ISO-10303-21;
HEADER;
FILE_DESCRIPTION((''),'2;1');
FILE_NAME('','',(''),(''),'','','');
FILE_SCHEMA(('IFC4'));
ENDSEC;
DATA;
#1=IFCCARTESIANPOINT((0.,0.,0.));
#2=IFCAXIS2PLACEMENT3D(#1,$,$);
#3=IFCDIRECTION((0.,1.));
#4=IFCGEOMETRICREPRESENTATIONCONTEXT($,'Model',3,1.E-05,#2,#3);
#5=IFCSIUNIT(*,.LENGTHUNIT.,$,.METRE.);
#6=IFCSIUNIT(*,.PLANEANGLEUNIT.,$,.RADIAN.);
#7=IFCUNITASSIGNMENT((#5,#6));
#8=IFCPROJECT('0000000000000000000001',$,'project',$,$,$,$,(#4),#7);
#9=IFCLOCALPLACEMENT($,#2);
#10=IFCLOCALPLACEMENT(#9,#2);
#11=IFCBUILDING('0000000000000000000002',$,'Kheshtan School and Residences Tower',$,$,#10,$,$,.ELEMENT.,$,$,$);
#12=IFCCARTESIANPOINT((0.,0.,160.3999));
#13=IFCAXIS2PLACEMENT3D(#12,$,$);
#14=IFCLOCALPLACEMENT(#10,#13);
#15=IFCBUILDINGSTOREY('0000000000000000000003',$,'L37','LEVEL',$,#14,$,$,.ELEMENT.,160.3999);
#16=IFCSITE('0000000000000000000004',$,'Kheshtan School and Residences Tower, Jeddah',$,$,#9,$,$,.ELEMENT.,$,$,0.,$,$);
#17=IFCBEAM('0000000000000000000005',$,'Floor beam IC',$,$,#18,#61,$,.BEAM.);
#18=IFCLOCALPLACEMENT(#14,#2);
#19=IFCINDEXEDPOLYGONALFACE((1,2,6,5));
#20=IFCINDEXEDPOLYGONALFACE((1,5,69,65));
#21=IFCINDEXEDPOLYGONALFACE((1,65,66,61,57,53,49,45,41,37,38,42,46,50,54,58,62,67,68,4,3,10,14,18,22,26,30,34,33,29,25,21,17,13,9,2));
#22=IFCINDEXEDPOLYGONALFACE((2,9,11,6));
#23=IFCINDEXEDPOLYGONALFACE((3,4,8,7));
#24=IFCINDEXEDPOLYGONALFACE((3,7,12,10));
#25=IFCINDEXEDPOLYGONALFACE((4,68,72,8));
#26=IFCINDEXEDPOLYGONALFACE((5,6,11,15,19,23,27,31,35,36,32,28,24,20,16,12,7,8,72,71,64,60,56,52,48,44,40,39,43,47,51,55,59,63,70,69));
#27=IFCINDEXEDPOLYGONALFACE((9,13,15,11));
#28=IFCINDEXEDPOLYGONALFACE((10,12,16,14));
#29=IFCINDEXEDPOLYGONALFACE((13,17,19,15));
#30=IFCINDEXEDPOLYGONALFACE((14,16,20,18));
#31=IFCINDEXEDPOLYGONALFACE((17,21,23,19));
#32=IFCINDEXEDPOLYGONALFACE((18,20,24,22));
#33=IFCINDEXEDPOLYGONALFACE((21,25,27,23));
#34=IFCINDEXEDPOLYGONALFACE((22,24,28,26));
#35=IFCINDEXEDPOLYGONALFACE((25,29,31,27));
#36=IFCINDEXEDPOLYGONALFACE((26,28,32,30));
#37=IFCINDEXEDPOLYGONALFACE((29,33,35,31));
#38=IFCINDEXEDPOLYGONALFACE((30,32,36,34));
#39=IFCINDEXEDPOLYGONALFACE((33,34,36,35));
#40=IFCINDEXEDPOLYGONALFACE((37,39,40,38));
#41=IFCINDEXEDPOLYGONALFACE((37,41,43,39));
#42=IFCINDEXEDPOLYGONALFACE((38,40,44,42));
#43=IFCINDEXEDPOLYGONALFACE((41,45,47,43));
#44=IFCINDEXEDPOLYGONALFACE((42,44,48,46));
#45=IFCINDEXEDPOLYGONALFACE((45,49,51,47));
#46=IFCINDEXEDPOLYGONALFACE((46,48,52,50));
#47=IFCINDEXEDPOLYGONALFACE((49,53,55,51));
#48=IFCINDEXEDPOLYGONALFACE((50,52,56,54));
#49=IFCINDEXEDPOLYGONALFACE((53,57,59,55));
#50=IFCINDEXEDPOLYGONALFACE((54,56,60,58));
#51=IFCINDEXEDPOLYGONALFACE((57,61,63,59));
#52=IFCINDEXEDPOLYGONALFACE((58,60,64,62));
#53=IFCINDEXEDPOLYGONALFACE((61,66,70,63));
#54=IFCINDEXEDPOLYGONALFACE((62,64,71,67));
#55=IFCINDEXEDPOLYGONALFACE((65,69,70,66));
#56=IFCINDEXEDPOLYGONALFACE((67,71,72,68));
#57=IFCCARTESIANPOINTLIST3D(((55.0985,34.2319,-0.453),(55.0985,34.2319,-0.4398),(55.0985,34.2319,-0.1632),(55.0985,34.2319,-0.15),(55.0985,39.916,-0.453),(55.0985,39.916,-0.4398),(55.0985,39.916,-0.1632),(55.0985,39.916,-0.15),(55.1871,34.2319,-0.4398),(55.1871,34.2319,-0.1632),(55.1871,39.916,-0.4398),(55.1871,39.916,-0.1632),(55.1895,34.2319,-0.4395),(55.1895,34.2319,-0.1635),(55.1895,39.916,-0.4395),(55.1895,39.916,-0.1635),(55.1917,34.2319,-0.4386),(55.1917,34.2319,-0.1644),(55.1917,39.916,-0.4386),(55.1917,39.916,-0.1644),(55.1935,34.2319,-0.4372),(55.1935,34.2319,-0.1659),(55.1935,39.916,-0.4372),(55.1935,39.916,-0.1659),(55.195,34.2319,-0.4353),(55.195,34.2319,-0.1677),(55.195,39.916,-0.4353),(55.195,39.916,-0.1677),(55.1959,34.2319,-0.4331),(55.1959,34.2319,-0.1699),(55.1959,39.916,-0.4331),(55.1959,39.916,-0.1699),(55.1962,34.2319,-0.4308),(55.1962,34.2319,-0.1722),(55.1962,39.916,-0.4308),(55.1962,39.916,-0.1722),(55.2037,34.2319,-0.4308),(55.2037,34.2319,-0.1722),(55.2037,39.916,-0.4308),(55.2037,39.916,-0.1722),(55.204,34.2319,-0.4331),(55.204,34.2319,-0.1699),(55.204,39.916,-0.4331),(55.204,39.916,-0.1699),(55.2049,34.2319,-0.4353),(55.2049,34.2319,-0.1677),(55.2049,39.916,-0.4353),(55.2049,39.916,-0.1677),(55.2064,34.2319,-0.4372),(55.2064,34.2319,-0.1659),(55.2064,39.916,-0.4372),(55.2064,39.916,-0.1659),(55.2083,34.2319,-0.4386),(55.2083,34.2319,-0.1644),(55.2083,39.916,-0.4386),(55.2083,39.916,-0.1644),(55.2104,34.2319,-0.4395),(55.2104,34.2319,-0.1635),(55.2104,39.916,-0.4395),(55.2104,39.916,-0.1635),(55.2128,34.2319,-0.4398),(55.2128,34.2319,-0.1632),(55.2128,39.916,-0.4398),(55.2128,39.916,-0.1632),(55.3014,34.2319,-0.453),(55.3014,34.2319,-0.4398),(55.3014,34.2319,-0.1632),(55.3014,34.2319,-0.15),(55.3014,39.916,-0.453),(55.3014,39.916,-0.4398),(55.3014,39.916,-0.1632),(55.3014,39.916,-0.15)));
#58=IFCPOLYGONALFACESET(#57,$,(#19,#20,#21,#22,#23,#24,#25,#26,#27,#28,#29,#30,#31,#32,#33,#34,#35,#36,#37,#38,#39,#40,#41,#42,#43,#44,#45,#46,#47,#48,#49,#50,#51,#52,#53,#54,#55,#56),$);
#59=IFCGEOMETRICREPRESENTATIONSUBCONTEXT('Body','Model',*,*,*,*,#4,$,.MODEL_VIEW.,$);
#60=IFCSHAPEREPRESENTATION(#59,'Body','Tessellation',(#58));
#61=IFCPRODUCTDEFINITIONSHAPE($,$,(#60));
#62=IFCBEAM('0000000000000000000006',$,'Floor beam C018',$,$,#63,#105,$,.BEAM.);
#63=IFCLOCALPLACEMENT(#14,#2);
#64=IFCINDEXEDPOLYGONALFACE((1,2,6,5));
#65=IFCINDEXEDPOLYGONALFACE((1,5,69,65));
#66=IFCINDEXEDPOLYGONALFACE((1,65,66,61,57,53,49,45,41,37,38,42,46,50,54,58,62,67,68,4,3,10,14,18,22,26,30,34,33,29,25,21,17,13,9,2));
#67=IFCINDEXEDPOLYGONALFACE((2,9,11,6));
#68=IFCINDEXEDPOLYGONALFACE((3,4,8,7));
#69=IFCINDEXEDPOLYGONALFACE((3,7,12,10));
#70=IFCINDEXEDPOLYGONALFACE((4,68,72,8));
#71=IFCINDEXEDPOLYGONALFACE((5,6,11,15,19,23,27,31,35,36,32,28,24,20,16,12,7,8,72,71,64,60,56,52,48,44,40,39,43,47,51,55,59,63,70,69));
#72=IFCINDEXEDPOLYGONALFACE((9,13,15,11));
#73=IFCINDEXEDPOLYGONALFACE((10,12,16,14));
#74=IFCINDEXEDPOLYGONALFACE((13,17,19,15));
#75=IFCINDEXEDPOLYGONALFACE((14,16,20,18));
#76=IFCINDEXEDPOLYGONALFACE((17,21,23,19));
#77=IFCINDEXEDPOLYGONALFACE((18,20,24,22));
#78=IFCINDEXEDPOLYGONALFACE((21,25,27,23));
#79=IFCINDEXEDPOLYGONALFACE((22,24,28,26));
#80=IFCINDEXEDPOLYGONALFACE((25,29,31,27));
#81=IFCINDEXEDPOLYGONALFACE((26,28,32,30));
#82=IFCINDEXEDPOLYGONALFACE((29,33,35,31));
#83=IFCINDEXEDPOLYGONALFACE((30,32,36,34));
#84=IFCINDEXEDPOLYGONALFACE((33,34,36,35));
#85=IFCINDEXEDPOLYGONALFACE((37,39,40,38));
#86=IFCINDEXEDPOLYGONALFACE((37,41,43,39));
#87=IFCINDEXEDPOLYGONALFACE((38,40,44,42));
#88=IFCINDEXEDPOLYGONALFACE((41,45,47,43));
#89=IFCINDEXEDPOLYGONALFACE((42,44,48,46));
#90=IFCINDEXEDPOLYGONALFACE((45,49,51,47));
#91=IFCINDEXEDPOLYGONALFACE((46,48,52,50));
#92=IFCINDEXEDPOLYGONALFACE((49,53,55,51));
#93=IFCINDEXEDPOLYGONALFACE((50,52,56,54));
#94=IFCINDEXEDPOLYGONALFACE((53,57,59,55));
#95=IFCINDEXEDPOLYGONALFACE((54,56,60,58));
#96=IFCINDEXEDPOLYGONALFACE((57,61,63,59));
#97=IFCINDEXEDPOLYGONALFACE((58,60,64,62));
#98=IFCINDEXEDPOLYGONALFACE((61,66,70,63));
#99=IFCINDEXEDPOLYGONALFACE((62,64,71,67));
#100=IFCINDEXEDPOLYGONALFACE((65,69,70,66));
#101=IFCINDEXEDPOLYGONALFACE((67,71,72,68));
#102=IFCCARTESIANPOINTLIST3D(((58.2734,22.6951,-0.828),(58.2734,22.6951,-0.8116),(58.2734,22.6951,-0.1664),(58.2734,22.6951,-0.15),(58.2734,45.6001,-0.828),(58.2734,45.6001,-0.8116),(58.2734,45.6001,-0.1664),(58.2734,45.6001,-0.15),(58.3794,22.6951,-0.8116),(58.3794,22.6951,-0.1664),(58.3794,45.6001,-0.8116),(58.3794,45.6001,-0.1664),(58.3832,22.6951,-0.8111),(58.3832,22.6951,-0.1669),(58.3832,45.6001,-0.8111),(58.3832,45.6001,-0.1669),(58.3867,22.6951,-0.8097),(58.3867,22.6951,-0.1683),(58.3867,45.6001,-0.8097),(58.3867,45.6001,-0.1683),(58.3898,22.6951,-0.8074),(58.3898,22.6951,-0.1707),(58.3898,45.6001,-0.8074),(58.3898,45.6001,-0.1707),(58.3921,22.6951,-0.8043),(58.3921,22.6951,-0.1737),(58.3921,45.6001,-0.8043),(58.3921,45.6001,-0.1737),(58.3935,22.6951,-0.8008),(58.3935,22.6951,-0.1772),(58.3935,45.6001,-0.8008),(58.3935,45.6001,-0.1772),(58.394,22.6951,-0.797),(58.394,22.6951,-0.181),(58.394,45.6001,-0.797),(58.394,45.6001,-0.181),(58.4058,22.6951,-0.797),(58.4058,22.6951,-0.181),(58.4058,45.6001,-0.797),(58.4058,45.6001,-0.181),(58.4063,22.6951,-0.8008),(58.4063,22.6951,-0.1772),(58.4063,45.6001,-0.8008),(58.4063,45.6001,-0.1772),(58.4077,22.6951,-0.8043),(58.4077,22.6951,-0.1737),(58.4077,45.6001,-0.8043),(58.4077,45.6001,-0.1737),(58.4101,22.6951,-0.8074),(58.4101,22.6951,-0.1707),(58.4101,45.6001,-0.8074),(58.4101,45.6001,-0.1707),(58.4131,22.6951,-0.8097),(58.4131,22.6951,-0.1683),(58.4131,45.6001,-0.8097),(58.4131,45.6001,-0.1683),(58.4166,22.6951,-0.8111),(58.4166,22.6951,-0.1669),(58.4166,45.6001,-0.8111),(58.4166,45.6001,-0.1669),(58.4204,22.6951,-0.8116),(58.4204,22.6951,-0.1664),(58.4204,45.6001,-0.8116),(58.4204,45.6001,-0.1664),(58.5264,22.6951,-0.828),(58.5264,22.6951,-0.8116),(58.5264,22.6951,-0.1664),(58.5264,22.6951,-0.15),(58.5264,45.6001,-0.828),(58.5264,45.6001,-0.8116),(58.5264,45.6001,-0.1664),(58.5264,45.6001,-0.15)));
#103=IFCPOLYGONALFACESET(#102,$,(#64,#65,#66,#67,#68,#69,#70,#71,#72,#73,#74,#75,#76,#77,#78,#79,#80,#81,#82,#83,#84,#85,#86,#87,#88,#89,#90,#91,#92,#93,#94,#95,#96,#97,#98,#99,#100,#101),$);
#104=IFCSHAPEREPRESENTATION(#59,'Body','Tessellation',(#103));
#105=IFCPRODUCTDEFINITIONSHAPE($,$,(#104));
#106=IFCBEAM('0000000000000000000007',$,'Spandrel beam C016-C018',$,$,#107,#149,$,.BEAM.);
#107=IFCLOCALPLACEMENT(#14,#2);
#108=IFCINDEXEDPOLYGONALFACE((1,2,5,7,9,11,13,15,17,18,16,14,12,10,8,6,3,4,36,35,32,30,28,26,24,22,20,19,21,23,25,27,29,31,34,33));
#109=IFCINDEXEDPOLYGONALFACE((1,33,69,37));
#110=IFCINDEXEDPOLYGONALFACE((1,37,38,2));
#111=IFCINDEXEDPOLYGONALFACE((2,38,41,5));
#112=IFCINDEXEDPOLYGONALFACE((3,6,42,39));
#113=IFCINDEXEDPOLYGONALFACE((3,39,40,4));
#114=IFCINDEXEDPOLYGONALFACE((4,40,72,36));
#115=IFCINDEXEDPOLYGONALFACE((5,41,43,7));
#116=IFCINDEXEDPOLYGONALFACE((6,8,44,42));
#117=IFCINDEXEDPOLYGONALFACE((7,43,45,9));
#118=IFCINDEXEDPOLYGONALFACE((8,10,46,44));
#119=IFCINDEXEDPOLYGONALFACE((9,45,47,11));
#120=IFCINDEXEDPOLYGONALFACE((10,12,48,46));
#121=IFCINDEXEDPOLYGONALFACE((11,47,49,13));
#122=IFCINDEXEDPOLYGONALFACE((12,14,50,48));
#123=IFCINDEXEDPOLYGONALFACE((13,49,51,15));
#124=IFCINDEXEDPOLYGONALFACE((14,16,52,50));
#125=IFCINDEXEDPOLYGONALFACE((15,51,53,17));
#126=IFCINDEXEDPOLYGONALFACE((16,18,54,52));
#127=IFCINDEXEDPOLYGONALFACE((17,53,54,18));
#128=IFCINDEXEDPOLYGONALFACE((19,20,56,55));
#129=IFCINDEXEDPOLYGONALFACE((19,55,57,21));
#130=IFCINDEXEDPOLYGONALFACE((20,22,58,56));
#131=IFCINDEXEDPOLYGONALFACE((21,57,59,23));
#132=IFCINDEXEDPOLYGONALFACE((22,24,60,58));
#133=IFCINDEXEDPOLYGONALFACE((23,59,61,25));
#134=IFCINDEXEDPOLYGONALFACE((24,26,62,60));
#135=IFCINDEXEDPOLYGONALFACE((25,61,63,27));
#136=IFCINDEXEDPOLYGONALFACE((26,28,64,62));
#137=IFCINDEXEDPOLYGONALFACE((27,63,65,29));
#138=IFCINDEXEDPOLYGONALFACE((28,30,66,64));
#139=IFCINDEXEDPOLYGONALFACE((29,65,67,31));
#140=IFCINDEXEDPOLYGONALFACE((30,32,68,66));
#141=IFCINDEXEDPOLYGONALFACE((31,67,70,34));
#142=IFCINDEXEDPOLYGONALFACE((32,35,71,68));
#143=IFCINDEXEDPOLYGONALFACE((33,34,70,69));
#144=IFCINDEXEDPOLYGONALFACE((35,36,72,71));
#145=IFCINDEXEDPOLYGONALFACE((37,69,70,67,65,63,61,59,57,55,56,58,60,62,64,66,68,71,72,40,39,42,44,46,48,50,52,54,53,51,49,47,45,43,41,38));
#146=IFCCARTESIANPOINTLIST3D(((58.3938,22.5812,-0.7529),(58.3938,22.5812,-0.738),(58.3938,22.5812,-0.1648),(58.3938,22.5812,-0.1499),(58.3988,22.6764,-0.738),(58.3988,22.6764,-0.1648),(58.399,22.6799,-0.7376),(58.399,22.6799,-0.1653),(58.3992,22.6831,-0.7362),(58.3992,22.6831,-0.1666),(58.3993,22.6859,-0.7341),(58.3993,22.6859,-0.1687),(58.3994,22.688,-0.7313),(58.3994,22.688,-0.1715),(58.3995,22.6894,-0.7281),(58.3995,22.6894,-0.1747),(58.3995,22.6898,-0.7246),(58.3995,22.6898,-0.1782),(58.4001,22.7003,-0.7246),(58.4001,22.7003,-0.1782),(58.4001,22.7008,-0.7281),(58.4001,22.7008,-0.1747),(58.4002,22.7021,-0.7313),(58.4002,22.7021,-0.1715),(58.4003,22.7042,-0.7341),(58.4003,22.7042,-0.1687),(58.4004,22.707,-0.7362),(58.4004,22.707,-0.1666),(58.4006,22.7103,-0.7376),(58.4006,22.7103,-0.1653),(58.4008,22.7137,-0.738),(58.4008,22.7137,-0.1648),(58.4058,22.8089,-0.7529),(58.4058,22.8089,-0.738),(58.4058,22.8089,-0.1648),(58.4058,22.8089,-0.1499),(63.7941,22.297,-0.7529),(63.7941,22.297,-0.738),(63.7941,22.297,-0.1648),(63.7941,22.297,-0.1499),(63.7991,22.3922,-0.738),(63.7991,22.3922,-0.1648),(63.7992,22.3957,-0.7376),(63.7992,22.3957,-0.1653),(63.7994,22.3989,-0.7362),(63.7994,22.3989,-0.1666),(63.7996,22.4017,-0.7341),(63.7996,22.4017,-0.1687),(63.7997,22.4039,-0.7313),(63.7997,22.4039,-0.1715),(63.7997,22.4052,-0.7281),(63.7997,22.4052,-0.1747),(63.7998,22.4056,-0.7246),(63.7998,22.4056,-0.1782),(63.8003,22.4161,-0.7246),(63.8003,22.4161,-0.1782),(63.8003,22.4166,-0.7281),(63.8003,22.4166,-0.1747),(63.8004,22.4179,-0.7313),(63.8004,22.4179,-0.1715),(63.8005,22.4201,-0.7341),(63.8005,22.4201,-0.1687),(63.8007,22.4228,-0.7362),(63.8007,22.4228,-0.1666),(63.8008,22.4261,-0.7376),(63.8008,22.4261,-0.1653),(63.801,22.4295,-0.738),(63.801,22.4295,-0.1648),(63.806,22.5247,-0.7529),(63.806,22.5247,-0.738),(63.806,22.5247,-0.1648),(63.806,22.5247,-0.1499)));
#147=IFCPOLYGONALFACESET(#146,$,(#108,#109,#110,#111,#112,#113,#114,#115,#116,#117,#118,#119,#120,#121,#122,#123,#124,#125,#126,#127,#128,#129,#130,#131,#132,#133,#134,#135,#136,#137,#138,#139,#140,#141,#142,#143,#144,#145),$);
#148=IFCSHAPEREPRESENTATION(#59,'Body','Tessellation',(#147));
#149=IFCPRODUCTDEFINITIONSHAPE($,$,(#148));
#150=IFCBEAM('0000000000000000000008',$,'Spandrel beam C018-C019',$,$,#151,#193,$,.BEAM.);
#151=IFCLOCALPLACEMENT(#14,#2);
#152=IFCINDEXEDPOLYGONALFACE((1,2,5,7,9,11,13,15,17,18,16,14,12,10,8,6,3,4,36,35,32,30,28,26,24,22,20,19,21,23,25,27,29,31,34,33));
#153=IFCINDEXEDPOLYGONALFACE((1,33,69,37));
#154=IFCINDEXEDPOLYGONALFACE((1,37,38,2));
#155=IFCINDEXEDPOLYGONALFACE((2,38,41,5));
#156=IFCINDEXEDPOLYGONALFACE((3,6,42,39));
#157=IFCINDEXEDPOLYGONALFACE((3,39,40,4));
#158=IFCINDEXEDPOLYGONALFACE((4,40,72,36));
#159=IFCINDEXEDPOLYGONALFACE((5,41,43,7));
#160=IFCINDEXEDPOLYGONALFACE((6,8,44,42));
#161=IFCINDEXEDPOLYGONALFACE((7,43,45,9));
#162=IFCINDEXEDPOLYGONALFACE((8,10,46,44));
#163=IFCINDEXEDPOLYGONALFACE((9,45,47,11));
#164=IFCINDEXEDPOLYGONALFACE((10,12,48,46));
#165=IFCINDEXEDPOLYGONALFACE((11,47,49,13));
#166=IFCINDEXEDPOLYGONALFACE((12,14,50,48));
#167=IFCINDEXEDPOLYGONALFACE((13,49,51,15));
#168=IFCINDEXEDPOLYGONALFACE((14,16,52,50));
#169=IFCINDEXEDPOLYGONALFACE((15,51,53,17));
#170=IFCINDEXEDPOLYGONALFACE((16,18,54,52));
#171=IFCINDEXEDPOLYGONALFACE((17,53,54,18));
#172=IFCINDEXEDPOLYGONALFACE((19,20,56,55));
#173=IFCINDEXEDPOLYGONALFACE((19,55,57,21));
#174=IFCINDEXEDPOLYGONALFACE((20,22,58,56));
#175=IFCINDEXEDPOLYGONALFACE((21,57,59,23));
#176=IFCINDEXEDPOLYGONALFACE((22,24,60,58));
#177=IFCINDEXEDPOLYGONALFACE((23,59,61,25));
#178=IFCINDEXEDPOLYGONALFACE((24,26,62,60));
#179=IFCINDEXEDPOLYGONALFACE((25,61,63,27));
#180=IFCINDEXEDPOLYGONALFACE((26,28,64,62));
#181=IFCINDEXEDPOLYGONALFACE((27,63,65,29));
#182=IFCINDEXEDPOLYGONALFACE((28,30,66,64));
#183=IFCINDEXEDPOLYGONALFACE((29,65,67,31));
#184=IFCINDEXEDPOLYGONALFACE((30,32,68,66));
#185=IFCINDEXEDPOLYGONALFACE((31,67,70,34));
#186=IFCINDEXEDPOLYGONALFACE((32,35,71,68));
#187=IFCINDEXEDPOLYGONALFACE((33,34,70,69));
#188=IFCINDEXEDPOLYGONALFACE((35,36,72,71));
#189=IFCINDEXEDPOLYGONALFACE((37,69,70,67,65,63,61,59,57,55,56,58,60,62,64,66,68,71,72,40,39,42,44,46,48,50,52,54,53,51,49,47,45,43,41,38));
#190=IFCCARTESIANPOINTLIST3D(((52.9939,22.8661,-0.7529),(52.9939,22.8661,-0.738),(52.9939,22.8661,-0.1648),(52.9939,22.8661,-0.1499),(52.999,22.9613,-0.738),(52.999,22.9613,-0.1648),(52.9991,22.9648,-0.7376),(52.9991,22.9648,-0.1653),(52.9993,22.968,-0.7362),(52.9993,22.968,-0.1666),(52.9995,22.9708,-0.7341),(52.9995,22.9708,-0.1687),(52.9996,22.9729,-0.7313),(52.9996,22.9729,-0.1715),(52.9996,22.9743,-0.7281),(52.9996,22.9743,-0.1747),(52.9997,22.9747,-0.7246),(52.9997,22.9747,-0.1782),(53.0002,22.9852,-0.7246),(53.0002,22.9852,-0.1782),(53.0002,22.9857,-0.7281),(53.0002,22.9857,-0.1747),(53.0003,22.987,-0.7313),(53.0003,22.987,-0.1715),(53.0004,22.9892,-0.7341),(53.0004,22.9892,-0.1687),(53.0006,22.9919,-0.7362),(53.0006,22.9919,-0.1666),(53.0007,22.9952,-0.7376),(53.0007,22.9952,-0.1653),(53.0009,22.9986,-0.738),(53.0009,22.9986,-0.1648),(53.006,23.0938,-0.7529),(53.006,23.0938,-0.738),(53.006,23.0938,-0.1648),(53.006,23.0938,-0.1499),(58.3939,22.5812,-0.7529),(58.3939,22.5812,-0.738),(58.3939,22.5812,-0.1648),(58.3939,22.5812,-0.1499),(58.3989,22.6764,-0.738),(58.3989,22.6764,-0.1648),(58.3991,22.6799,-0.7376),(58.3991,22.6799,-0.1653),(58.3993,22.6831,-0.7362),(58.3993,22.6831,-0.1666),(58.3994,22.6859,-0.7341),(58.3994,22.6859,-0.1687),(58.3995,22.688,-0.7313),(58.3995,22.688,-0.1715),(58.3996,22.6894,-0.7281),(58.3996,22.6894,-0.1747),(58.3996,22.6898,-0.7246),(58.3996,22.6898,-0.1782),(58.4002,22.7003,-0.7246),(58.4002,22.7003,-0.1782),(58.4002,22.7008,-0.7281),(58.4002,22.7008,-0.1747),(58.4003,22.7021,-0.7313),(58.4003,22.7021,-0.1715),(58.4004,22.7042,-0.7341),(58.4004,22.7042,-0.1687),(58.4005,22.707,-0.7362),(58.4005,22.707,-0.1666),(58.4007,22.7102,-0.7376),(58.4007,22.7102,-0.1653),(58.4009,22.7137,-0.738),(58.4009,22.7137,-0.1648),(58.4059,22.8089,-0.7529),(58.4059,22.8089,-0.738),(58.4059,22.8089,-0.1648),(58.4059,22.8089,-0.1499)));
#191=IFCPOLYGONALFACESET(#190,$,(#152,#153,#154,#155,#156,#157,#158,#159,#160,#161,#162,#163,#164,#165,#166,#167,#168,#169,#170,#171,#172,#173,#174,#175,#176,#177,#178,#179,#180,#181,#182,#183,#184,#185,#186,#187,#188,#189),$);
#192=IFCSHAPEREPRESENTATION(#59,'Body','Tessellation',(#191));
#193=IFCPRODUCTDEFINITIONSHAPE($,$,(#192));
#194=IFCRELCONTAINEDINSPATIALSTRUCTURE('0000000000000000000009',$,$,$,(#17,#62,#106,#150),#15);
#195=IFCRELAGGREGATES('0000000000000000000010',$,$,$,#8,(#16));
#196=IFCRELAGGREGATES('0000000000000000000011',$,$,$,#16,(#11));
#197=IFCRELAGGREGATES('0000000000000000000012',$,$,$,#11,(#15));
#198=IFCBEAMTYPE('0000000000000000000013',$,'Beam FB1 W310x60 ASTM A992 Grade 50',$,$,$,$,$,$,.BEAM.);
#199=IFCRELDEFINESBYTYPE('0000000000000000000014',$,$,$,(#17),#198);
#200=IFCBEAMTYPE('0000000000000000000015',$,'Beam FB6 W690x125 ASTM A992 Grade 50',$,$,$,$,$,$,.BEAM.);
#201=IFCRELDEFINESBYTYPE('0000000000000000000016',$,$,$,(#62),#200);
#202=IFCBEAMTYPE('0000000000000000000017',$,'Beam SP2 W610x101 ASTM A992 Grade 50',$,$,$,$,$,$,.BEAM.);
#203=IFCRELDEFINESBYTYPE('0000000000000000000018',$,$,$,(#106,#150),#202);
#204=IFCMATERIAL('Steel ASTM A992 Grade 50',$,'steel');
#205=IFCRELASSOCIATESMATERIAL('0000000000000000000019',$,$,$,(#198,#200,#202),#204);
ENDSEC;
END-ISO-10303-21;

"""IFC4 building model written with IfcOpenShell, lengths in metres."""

from ifc_helpers import new_model, si_unit, direction, frame, origin, origin_2d, place, context, subcontext, project, spatial, i_section, extrude, material, material_profile, profile_set, type_object, element, save


model = new_model("IFC4")

# Units and contexts
model_context = context("Model", 3, precision=1e-05, world=origin(), true_north=direction((0.0, 1.0)))
body_context = subcontext(model_context, "Body", "Model", "MODEL_VIEW")
ifc_project = project(units=[si_unit("LENGTHUNIT", "METRE"), si_unit("PLANEANGLEUNIT", "RADIAN")], contexts=[model_context])

# Site, building, storey
site_placement = place(None, origin())
site = spatial("IfcSite", under=ifc_project, at=site_placement, Name="Kheshtan School and Residences Tower, Jeddah", CompositionType="ELEMENT", RefElevation=0.0)
building_placement = place(site_placement, origin())
building = spatial("IfcBuilding", under=site, at=building_placement, Name="Kheshtan School and Residences Tower", CompositionType="ELEMENT")
storey_placement = place(building_placement, frame((0.0, 0.0, 160.3999)))
storey = spatial("IfcBuildingStorey", under=building, at=storey_placement, Name="L37", Description="LEVEL", CompositionType="ELEMENT", Elevation=160.3999)

# Shared definitions
ifc_material_1 = material(Name="Steel ASTM A992 Grade 50", Category="steel")

# Beams
ifc_material_profile_1 = material_profile(ifc_material_1, i_section(OverallWidth=0.2029, OverallDepth=0.303, WebThickness=0.0076, FlangeThickness=0.0132, FilletRadius=0.009, at=origin_2d()), Name="W310x60")
ifc_profile_set_1 = profile_set([ifc_material_profile_1], Name="Steel ASTM A992 Grade 50")
beam_type_1 = type_object("IfcBeamType", Name="Beam FB1 W310x60 ASTM A992 Grade 50", PredefinedType="BEAM", material=ifc_profile_set_1)
beam_1_placement = place(storey_placement, frame((55.2, 34.2319, -0.3015), z_axis=(0.0, 1.0, 0.0), x_axis=(-1.0, 0.0, 0.0)))
element("IfcBeam", 1, at=beam_1_placement, inside=storey, type_object=beam_type_1, Name="Floor beam IC", PredefinedType="BEAM", context=body_context, shape_type="SweptSolid", body=[
    extrude(i_section(OverallWidth=0.2029, OverallDepth=0.303, WebThickness=0.0076, FlangeThickness=0.0132, FilletRadius=0.009, at=origin_2d()), origin(), (0.0, 0.0, 1.0), 5.6841),
])
ifc_material_profile_2 = material_profile(ifc_material_1, i_section(OverallWidth=0.2529, OverallDepth=0.678, WebThickness=0.0117, FlangeThickness=0.0164, FilletRadius=0.0146, at=origin_2d()), Name="W690x125")
ifc_profile_set_2 = profile_set([ifc_material_profile_2], Name="Steel ASTM A992 Grade 50")
beam_type_2 = type_object("IfcBeamType", Name="Beam FB6 W690x125 ASTM A992 Grade 50", PredefinedType="BEAM", material=ifc_profile_set_2)
beam_2_placement = place(storey_placement, frame((58.3999, 22.6951, -0.489), z_axis=(0.0, 1.0, 0.0), x_axis=(-1.0, 0.0, 0.0)))
element("IfcBeam", 2, at=beam_2_placement, inside=storey, type_object=beam_type_2, Name="Floor beam C018", PredefinedType="BEAM", context=body_context, shape_type="SweptSolid", body=[
    extrude(i_section(OverallWidth=0.2529, OverallDepth=0.678, WebThickness=0.0117, FlangeThickness=0.0164, FilletRadius=0.0146, at=origin_2d()), origin(), (0.0, 0.0, 1.0), 22.905),
])
ifc_material_profile_3 = material_profile(ifc_material_1, i_section(OverallWidth=0.228, OverallDepth=0.603, WebThickness=0.0105, FlangeThickness=0.0149, FilletRadius=0.0134, at=origin_2d()), Name="W610x101")
ifc_profile_set_3 = profile_set([ifc_material_profile_3], Name="Steel ASTM A992 Grade 50")
beam_type_3 = type_object("IfcBeamType", Name="Beam SP2 W610x101 ASTM A992 Grade 50", PredefinedType="BEAM", material=ifc_profile_set_3)
beam_3_placement = place(storey_placement, frame((63.8, 22.4109, -0.4514), z_axis=(-0.998618, 0.052552, 0.0), x_axis=(-0.052552, -0.998618, 0.0)))
element("IfcBeam", 3, at=beam_3_placement, inside=storey, type_object=beam_type_3, Name="Spandrel beam C016-C018", PredefinedType="BEAM", context=body_context, shape_type="SweptSolid", body=[
    extrude(i_section(OverallWidth=0.228, OverallDepth=0.603, WebThickness=0.0105, FlangeThickness=0.0149, FilletRadius=0.0134, at=origin_2d()), origin(), (0.0, 0.0, 1.0), 5.4077),
])
beam_4_placement = place(storey_placement, frame((58.3999, 22.6951, -0.4514), z_axis=(-0.998611, 0.052689, 0.0), x_axis=(-0.052689, -0.998611, 0.0)))
element("IfcBeam", 4, at=beam_4_placement, inside=storey, type_object=beam_type_3, Name="Spandrel beam C018-C019", PredefinedType="BEAM", context=body_context, shape_type="SweptSolid", body=[
    extrude(i_section(OverallWidth=0.228, OverallDepth=0.603, WebThickness=0.0105, FlangeThickness=0.0149, FilletRadius=0.0134, at=origin_2d()), origin(), (0.0, 0.0, 1.0), 5.4075),
])

save(model, "model.ifc")
